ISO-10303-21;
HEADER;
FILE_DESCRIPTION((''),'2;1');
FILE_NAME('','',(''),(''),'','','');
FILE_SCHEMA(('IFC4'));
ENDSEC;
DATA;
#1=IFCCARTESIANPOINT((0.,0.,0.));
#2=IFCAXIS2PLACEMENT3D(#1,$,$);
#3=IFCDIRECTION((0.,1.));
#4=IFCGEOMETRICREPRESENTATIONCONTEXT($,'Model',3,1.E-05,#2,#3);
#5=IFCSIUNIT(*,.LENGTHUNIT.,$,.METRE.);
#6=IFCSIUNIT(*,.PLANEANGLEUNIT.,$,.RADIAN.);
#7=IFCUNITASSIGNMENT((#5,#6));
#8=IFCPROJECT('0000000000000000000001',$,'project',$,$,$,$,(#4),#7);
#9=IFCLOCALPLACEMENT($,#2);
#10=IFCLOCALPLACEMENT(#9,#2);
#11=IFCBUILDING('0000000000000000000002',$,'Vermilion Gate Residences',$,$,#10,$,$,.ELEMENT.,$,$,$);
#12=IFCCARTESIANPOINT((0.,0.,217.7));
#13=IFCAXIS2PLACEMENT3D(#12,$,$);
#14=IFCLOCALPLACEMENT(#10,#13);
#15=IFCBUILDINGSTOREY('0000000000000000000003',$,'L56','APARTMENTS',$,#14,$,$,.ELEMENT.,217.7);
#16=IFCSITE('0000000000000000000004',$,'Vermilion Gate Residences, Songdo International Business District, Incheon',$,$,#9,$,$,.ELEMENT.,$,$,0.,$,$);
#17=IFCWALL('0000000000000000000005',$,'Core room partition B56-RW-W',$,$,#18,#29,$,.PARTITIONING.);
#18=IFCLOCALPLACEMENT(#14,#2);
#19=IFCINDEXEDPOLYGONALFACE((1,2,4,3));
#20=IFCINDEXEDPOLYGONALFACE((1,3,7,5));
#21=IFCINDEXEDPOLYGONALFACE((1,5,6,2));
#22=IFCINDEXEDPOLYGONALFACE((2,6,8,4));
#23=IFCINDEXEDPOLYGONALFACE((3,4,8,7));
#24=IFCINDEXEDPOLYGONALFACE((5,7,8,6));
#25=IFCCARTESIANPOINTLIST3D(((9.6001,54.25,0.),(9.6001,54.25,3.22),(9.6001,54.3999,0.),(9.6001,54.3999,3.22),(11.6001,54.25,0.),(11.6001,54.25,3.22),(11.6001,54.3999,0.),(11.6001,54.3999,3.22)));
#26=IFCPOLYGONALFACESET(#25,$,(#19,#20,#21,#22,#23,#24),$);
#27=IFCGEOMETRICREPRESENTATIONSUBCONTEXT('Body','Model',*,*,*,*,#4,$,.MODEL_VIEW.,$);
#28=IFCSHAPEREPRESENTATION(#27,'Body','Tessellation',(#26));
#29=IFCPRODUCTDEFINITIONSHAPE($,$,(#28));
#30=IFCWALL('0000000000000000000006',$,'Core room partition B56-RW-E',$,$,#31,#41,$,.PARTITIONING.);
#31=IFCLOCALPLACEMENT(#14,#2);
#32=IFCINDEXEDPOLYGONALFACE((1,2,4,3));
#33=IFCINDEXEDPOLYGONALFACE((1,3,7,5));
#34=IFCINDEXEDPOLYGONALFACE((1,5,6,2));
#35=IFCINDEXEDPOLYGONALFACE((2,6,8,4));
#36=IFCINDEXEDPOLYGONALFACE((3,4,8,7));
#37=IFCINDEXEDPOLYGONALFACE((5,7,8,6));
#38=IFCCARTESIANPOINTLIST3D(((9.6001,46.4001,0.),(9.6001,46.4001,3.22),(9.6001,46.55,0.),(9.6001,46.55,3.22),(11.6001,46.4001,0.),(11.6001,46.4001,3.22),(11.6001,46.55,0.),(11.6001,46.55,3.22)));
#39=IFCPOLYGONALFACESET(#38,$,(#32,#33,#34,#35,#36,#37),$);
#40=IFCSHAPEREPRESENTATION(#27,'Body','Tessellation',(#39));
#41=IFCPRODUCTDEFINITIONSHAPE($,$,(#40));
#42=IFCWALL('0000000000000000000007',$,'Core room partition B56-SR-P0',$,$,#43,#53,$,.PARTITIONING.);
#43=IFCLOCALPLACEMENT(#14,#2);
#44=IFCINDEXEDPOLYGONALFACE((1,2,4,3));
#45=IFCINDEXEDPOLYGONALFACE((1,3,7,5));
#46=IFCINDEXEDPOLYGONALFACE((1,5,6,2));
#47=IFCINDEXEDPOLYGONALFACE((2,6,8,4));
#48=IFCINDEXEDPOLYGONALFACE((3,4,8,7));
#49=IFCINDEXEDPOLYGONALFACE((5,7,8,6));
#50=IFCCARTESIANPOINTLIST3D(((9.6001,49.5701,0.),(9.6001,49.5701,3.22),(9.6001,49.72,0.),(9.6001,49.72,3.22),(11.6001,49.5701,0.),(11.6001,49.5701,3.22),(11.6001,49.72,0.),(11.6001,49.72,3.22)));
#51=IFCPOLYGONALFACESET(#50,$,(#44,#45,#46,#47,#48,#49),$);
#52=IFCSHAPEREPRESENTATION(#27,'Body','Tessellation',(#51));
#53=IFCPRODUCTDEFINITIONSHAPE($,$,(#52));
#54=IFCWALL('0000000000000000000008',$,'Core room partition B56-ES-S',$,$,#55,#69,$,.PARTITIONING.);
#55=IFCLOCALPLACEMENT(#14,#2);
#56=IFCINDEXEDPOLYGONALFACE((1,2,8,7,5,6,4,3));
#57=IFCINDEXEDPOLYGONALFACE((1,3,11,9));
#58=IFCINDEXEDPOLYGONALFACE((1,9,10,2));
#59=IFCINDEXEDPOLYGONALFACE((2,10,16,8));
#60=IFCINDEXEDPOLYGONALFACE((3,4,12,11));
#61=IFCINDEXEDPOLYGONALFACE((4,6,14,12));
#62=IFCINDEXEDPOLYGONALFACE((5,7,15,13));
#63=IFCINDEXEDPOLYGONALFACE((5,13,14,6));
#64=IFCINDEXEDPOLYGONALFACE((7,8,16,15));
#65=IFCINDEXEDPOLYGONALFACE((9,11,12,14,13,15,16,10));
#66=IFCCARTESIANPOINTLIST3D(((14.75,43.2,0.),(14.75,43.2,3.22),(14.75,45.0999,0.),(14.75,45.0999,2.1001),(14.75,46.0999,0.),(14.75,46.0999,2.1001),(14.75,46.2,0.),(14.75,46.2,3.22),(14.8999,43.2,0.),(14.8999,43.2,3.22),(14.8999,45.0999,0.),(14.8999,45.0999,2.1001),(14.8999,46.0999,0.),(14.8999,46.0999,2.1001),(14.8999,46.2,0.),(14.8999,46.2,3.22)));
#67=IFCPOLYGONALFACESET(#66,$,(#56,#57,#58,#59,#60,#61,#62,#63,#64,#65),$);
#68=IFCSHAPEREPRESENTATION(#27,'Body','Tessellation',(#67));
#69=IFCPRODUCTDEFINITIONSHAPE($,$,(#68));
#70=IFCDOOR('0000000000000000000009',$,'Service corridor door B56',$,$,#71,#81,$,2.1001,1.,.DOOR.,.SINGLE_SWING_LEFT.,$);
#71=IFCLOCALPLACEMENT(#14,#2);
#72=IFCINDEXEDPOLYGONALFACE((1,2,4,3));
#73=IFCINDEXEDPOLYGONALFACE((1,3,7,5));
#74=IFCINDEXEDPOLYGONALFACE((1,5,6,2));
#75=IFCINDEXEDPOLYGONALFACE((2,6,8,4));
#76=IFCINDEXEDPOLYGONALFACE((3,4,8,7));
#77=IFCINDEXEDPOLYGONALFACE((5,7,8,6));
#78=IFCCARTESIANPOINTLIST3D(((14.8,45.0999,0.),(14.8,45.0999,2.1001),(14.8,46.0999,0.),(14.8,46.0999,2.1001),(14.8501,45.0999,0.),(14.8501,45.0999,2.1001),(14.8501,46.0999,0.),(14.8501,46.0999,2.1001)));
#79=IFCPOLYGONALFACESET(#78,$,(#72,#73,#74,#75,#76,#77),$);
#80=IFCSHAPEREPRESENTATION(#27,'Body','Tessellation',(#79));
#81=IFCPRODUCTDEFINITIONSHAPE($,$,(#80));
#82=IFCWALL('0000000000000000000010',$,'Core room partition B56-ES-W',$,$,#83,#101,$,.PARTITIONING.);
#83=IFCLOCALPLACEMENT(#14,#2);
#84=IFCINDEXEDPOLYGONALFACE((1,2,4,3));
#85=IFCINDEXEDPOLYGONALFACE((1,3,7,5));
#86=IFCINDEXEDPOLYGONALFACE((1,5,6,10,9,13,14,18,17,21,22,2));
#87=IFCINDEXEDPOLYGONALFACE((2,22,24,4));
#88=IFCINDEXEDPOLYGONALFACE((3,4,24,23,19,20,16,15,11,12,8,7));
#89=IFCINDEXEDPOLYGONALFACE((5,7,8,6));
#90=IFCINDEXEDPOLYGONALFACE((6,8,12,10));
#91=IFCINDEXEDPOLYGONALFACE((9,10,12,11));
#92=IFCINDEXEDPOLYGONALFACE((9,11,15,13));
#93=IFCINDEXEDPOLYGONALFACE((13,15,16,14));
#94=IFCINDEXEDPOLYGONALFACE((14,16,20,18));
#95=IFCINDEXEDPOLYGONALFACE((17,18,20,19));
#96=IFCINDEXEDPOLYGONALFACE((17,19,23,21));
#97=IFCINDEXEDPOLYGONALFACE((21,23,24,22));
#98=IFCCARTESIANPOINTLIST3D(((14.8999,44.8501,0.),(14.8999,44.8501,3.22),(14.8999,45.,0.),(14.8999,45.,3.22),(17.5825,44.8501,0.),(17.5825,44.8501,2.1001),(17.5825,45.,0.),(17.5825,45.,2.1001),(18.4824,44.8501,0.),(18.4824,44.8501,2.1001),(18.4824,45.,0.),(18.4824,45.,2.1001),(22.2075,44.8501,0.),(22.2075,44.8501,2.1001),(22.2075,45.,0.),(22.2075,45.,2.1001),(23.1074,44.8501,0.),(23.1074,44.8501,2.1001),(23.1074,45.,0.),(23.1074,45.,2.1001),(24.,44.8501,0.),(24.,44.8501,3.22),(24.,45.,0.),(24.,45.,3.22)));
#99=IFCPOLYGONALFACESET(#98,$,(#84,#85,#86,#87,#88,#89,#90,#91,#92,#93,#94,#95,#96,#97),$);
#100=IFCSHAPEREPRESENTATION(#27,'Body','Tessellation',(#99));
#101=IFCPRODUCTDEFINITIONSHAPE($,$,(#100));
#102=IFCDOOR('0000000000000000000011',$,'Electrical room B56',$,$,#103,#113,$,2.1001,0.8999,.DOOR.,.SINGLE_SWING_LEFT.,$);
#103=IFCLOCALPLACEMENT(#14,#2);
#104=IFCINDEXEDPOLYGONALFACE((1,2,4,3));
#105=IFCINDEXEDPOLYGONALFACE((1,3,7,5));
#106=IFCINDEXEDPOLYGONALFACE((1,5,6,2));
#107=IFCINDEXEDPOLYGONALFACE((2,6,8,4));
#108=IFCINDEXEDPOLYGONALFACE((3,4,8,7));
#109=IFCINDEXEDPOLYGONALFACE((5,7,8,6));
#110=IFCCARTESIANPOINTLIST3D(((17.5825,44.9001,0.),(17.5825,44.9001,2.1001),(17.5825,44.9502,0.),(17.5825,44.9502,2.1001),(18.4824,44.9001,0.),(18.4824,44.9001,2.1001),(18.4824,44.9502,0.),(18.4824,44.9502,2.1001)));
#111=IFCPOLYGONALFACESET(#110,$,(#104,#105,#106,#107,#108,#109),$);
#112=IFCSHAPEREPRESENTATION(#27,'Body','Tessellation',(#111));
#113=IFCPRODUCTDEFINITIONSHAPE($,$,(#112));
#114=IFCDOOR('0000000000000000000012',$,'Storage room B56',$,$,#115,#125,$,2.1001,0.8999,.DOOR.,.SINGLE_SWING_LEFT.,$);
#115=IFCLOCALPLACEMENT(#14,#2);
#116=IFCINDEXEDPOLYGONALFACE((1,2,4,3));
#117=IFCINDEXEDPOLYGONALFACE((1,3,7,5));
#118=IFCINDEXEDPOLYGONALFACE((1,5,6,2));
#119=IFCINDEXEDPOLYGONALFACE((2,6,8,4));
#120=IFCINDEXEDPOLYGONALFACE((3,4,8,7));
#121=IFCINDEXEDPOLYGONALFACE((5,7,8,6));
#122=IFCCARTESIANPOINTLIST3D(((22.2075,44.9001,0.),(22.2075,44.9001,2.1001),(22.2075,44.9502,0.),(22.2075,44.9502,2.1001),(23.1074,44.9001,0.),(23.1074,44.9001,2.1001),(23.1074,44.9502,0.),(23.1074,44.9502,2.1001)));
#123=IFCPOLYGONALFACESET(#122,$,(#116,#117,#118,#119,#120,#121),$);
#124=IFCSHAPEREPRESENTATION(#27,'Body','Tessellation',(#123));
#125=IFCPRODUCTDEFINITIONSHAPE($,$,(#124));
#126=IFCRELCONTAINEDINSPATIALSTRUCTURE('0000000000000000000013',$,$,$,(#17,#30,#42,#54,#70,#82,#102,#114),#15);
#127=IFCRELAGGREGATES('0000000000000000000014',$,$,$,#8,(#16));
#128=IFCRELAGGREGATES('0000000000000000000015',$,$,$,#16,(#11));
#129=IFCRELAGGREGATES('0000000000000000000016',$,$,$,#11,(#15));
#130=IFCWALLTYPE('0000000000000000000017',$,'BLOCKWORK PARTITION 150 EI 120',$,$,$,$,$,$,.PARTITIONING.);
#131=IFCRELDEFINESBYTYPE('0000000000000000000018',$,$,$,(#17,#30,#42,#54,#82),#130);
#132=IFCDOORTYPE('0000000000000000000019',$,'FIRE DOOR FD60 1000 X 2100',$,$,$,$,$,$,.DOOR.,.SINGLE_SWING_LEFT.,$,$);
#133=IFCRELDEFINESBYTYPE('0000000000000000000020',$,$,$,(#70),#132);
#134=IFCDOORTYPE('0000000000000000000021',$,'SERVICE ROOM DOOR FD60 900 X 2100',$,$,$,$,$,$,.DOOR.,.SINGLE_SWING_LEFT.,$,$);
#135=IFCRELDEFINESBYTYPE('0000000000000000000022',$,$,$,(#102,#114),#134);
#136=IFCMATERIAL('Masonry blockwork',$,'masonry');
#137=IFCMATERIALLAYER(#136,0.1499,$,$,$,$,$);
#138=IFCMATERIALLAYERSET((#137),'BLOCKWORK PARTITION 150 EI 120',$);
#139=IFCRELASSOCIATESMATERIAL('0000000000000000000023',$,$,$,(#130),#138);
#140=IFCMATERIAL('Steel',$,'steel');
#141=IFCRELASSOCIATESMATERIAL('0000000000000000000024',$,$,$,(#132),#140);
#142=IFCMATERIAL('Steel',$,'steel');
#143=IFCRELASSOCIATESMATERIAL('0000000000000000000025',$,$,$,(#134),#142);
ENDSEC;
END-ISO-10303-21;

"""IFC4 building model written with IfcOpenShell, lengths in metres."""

from ifc_helpers import new_model, si_unit, direction, frame, frame_2d, origin, place, context, subcontext, project, spatial, rectangle, extrude, material, layer, layer_set, type_object, element, fill, save


model = new_model("IFC4")

# Units and contexts
model_context = context("Model", 3, precision=1e-05, world=origin(), true_north=direction((0.0, 1.0)))
body_context = subcontext(model_context, "Body", "Model", "MODEL_VIEW")
ifc_project = project(units=[si_unit("LENGTHUNIT", "METRE"), si_unit("PLANEANGLEUNIT", "RADIAN")], contexts=[model_context])

# Site, building, storey
site_placement = place(None, origin())
site = spatial("IfcSite", under=ifc_project, at=site_placement, Name="Vermilion Gate Residences, Songdo International Business District, Incheon", CompositionType="ELEMENT", RefElevation=0.0)
building_placement = place(site_placement, origin())
building = spatial("IfcBuilding", under=site, at=building_placement, Name="Vermilion Gate Residences", CompositionType="ELEMENT")
storey_placement = place(building_placement, frame((0.0, 0.0, 217.7)))
storey = spatial("IfcBuildingStorey", under=building, at=storey_placement, Name="L56", Description="APARTMENTS", CompositionType="ELEMENT", Elevation=217.7)

# Walls
ifc_material_1 = material(Name="Masonry blockwork", Category="masonry")
ifc_layer_1 = layer(ifc_material_1, 0.1499)
ifc_layer_set_1 = layer_set([ifc_layer_1], Name="BLOCKWORK PARTITION 150 EI 120")
wall_type_1 = type_object("IfcWallType", Name="BLOCKWORK PARTITION 150 EI 120", PredefinedType="PARTITIONING", material=ifc_layer_set_1)
for number, where, z_axis, x_axis, name in (
    (1, (9.6001, 54.325, 0.0), (0.0, 0.0, 1.0), (1.0, 0.0, 0.0), "Core room partition B56-RW-W"),
    (2, (9.6001, 46.4751, 0.0), (0.0, 0.0, 1.0), (1.0, 0.0, 0.0), "Core room partition B56-RW-E"),
    (3, (9.6001, 49.645, 0.0), (0.0, 0.0, 1.0), (1.0, 0.0, 0.0), "Core room partition B56-SR-P0"),
):
    element("IfcWall", number, at=place(storey_placement, frame(where, z_axis=z_axis, x_axis=x_axis)), inside=storey, type_object=wall_type_1, Name=name, PredefinedType="PARTITIONING", context=body_context, shape_type="SweptSolid", body=[
        extrude(rectangle(XDim=2.0, YDim=0.1499, at=frame_2d((1.0, 0.0))), origin(), (0.0, 0.0, 1.0), 3.22),
    ])

# Wall, opening, door
wall_1_placement = place(storey_placement, frame((14.825, 46.2, 0.0), z_axis=(0.0, 0.0, 1.0), x_axis=(0.0, -1.0, 0.0)))
wall_1 = element("IfcWall", 4, at=wall_1_placement, inside=storey, type_object=wall_type_1, Name="Core room partition B56-ES-S", PredefinedType="PARTITIONING", context=body_context, shape_type="SweptSolid", body=[
    extrude(rectangle(XDim=3.0, YDim=0.1499, at=frame_2d((1.5, 0.0))), origin(), (0.0, 0.0, 1.0), 3.22),
])
opening_1_placement = place(wall_1_placement, frame((0.1001, 0.0, 0.0)))
opening_1 = element("IfcOpeningElement", 5, at=opening_1_placement, cuts=wall_1, PredefinedType="OPENING", context=body_context, shape_type="SweptSolid", body=[
    extrude(rectangle(XDim=1.0, YDim=2.1001, at=frame_2d((0.5, 1.05))), frame((0.0, 0.085, 0.0), z_axis=(0.0, -1.0, 0.0), x_axis=(1.0, 0.0, 0.0)), (0.0, 0.0, 1.0), 0.1699),
])
ifc_material_2 = material(Name="Steel", Category="steel")
door_type_1 = type_object("IfcDoorType", Name="FIRE DOOR FD60 1000 X 2100", OperationType="SINGLE_SWING_LEFT", PredefinedType="DOOR", material=ifc_material_2)
door_1_placement = place(opening_1_placement, frame((1.0, 0.0, 0.0), z_axis=(0.0, 0.0, 1.0), x_axis=(-1.0, 0.0, 0.0)))
door_1 = element("IfcDoor", 6, at=door_1_placement, inside=storey, type_object=door_type_1, Name="Service corridor door B56", OperationType="SINGLE_SWING_LEFT", OverallHeight=2.1001, OverallWidth=1.0, PredefinedType="DOOR", context=body_context, shape_type="SweptSolid", body=[
    extrude(rectangle(XDim=1.0, YDim=2.1001, at=frame_2d((0.5, 1.05))), frame((0.0, 0.0249, 0.0), z_axis=(0.0, -1.0, 0.0), x_axis=(1.0, 0.0, 0.0)), (0.0, 0.0, 1.0), 0.05),
])
fill(opening_1, door_1)

# Wall, openings, doors
wall_2_placement = place(storey_placement, frame((14.8999, 44.925, 0.0), z_axis=(0.0, 0.0, 1.0), x_axis=(1.0, 0.0, 0.0)))
wall_2 = element("IfcWall", 7, at=wall_2_placement, inside=storey, type_object=wall_type_1, Name="Core room partition B56-ES-W", PredefinedType="PARTITIONING", context=body_context, shape_type="SweptSolid", body=[
    extrude(rectangle(XDim=9.1001, YDim=0.1499, at=frame_2d((4.55, 0.0))), origin(), (0.0, 0.0, 1.0), 3.22),
])
opening_2_placement = place(wall_2_placement, frame((2.6826, 0.0, 0.0)))
opening_2 = element("IfcOpeningElement", 8, at=opening_2_placement, cuts=wall_2, PredefinedType="OPENING", context=body_context, shape_type="SweptSolid", body=[
    extrude(rectangle(XDim=0.8999, YDim=2.1001, at=frame_2d((0.45, 1.05))), frame((0.0, 0.085, 0.0), z_axis=(0.0, -1.0, 0.0), x_axis=(1.0, 0.0, 0.0)), (0.0, 0.0, 1.0), 0.1699),
])
opening_3_placement = place(wall_2_placement, frame((7.3076, 0.0, 0.0)))
opening_3 = element("IfcOpeningElement", 9, at=opening_3_placement, cuts=wall_2, PredefinedType="OPENING", context=body_context, shape_type="SweptSolid", body=[
    extrude(rectangle(XDim=0.8999, YDim=2.1001, at=frame_2d((0.45, 1.05))), frame((0.0, 0.085, 0.0), z_axis=(0.0, -1.0, 0.0), x_axis=(1.0, 0.0, 0.0)), (0.0, 0.0, 1.0), 0.1699),
])
ifc_material_3 = material(Name="Steel", Category="steel")
door_type_2 = type_object("IfcDoorType", Name="SERVICE ROOM DOOR FD60 900 X 2100", OperationType="SINGLE_SWING_LEFT", PredefinedType="DOOR", material=ifc_material_3)
door_2_placement = place(opening_2_placement, frame((0.8999, 0.0, 0.0), z_axis=(0.0, 0.0, 1.0), x_axis=(-1.0, 0.0, 0.0)))
door_2 = element("IfcDoor", 10, at=door_2_placement, inside=storey, type_object=door_type_2, Name="Electrical room B56", OperationType="SINGLE_SWING_LEFT", OverallHeight=2.1001, OverallWidth=0.8999, PredefinedType="DOOR", context=body_context, shape_type="SweptSolid", body=[
    extrude(rectangle(XDim=0.8999, YDim=2.1001, at=frame_2d((0.45, 1.05))), frame((0.0, 0.0249, 0.0), z_axis=(0.0, -1.0, 0.0), x_axis=(1.0, 0.0, 0.0)), (0.0, 0.0, 1.0), 0.05),
])
fill(opening_2, door_2)
door_3_placement = place(opening_3_placement, frame((0.8999, 0.0, 0.0), z_axis=(0.0, 0.0, 1.0), x_axis=(-1.0, 0.0, 0.0)))
door_3 = element("IfcDoor", 11, at=door_3_placement, inside=storey, type_object=door_type_2, Name="Storage room B56", OperationType="SINGLE_SWING_LEFT", OverallHeight=2.1001, OverallWidth=0.8999, PredefinedType="DOOR", context=body_context, shape_type="SweptSolid", body=[
    extrude(rectangle(XDim=0.8999, YDim=2.1001, at=frame_2d((0.45, 1.05))), frame((0.0, 0.0249, 0.0), z_axis=(0.0, -1.0, 0.0), x_axis=(1.0, 0.0, 0.0)), (0.0, 0.0, 1.0), 0.05),
])
fill(opening_3, door_3)

save(model, "model.ifc")
